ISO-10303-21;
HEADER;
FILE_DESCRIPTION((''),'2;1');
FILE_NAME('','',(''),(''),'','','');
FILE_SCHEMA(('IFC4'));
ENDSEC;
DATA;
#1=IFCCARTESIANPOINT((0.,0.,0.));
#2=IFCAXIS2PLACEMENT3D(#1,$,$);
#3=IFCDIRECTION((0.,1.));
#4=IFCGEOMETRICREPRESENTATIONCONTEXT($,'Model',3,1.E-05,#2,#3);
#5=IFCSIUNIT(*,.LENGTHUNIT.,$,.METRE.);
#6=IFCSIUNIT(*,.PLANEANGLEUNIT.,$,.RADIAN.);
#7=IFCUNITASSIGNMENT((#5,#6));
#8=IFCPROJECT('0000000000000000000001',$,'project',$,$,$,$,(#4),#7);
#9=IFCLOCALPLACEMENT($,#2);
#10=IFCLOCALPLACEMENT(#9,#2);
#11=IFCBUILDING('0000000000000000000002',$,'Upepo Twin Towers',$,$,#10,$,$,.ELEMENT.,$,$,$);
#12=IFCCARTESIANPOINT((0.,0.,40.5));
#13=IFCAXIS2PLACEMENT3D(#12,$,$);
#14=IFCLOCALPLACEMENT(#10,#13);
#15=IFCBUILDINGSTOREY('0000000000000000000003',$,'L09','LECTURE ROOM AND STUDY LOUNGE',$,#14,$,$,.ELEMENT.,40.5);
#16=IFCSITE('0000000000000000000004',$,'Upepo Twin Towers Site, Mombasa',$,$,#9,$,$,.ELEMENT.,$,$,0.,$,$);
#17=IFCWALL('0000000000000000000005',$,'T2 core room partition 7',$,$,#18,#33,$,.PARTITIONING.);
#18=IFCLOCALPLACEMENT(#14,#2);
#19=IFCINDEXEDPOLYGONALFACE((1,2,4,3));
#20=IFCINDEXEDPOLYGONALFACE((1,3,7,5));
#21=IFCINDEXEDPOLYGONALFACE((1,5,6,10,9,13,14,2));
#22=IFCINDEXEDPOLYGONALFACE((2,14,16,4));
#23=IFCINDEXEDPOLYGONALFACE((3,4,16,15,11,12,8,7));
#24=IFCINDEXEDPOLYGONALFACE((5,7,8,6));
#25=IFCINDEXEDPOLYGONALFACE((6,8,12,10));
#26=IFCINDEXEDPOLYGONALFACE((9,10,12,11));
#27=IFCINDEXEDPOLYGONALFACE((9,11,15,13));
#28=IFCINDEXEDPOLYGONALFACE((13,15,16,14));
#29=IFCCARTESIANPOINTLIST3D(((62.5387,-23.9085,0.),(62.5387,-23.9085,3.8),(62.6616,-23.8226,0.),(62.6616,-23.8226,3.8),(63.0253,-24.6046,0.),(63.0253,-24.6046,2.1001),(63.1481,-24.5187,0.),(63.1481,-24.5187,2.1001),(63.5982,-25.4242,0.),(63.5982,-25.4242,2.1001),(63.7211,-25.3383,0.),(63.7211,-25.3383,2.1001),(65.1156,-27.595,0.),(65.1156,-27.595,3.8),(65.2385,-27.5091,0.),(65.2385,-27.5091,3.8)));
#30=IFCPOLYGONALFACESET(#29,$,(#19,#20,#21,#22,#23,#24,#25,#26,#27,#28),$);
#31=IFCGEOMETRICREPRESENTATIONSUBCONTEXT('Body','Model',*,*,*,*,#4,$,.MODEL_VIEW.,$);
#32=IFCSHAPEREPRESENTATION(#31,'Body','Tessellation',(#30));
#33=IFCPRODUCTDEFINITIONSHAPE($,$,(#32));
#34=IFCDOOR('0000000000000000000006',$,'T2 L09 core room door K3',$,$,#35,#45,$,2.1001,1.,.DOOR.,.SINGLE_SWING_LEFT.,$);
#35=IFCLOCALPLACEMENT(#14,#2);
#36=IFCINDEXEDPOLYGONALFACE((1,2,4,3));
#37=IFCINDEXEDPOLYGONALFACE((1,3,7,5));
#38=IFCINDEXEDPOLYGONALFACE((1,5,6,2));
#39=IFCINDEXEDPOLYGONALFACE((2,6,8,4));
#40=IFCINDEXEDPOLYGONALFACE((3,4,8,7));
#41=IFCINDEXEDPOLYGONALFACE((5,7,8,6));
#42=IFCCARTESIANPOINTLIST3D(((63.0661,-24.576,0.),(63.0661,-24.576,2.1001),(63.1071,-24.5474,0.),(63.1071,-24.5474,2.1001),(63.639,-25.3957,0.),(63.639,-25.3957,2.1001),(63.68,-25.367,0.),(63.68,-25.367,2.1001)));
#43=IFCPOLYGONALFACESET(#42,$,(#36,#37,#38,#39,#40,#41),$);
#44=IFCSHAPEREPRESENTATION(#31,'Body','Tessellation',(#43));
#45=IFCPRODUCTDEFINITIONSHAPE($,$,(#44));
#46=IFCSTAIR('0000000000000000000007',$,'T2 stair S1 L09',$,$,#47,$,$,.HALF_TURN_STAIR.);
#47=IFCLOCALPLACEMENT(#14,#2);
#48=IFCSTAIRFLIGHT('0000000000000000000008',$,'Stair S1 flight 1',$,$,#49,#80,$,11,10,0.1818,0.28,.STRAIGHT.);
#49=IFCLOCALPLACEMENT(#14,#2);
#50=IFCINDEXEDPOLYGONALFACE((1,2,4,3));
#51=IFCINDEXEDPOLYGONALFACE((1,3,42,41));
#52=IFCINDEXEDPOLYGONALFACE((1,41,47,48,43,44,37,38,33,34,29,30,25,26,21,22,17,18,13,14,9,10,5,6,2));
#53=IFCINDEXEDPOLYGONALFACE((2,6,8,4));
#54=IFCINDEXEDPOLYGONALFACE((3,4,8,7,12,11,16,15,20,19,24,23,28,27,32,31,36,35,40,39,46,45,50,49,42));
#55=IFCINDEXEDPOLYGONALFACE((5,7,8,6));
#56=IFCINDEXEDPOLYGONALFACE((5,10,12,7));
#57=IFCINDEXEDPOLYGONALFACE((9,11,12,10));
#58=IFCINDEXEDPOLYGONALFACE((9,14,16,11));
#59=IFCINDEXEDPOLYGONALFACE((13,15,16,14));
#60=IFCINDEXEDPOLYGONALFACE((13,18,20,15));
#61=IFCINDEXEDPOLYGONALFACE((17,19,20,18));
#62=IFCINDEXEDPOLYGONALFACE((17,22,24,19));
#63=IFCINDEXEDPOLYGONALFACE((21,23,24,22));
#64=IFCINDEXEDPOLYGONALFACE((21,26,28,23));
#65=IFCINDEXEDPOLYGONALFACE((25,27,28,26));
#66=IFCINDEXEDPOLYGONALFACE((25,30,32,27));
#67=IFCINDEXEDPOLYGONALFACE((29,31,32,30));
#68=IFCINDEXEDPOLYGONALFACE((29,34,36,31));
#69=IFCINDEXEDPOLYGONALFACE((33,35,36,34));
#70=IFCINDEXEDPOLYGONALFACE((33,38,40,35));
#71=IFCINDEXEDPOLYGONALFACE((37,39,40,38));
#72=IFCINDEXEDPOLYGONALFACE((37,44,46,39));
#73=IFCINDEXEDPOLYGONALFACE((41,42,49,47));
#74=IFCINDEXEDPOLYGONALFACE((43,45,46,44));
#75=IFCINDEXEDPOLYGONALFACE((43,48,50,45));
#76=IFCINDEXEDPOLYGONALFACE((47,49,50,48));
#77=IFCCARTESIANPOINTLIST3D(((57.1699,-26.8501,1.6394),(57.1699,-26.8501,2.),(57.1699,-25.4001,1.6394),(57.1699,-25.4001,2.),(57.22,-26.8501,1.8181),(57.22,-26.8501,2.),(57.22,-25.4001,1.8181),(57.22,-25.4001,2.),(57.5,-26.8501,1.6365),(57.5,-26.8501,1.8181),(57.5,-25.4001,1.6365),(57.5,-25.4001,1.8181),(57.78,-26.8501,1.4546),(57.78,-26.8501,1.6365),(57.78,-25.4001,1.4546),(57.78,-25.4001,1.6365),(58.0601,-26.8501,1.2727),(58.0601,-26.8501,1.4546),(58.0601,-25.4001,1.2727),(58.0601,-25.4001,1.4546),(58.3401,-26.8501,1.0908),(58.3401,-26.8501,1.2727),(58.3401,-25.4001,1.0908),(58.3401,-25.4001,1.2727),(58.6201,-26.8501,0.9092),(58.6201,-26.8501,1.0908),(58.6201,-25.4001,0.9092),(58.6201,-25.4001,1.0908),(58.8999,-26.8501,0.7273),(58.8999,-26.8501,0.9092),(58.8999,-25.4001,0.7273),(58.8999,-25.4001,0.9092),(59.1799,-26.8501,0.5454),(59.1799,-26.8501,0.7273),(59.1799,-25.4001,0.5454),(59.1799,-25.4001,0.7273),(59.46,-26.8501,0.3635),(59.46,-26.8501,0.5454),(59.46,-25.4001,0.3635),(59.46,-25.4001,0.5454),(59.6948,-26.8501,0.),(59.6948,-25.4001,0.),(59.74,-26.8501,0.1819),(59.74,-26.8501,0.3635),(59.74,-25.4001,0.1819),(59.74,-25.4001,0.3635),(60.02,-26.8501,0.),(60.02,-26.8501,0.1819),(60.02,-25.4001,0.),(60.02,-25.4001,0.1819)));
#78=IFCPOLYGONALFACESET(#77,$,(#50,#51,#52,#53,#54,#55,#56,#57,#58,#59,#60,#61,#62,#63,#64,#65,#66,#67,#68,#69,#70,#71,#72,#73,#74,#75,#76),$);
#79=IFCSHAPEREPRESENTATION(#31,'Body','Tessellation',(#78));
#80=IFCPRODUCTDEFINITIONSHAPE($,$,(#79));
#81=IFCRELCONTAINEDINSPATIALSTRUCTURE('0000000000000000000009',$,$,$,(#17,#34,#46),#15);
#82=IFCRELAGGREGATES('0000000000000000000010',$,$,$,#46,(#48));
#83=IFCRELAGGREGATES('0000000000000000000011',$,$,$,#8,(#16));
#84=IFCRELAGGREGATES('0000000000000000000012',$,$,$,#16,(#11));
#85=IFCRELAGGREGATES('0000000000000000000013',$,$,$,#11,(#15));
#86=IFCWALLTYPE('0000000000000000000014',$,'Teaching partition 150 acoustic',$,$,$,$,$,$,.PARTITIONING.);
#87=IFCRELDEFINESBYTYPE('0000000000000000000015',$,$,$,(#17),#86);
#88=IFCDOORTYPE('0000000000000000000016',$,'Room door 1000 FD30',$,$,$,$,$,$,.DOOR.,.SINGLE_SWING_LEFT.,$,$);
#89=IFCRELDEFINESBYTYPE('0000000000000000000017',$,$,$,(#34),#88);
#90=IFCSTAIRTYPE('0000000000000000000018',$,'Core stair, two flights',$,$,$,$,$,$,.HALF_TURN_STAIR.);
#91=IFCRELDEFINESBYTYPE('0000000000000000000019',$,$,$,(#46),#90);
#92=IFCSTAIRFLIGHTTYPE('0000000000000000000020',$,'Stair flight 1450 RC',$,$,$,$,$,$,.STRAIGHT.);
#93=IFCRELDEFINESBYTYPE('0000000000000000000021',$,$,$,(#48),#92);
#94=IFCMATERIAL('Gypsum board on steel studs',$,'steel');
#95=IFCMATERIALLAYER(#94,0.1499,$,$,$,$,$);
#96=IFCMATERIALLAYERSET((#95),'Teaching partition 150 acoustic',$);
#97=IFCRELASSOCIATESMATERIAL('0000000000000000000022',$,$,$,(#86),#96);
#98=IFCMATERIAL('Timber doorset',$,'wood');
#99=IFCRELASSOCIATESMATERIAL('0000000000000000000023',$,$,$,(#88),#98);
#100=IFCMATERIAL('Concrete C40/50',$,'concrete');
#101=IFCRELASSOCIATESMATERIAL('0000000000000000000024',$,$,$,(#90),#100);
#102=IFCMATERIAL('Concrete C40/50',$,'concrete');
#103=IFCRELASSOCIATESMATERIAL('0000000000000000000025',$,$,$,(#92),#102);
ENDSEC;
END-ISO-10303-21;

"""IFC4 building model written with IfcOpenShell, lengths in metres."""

from ifc_helpers import new_model, si_unit, direction, frame, frame_2d, origin, place, context, subcontext, project, spatial, polyline, rectangle, outline, extrude, material, layer, layer_set, type_object, element, fill, aggregate, save


model = new_model("IFC4")

# Units and contexts
model_context = context("Model", 3, precision=1e-05, world=origin(), true_north=direction((0.0, 1.0)))
body_context = subcontext(model_context, "Body", "Model", "MODEL_VIEW")
ifc_project = project(units=[si_unit("LENGTHUNIT", "METRE"), si_unit("PLANEANGLEUNIT", "RADIAN")], contexts=[model_context])

# Site, building, storey
site_placement = place(None, origin())
site = spatial("IfcSite", under=ifc_project, at=site_placement, Name="Upepo Twin Towers Site, Mombasa", CompositionType="ELEMENT", RefElevation=0.0)
building_placement = place(site_placement, origin())
building = spatial("IfcBuilding", under=site, at=building_placement, Name="Upepo Twin Towers", CompositionType="ELEMENT")
storey_placement = place(building_placement, frame((0.0, 0.0, 40.5)))
storey = spatial("IfcBuildingStorey", under=building, at=storey_placement, Name="L09", Description="LECTURE ROOM AND STUDY LOUNGE", CompositionType="ELEMENT", Elevation=40.5)

# Wall, opening, door
ifc_material_1 = material(Name="Gypsum board on steel studs", Category="steel")
ifc_layer_1 = layer(ifc_material_1, 0.1499)
ifc_layer_set_1 = layer_set([ifc_layer_1], Name="Teaching partition 150 acoustic")
wall_type_1 = type_object("IfcWallType", Name="Teaching partition 150 acoustic", PredefinedType="PARTITIONING", material=ifc_layer_set_1)
ifc_material_2 = material(Name="Timber doorset", Category="wood")
door_type_1 = type_object("IfcDoorType", Name="Room door 1000 FD30", OperationType="SINGLE_SWING_LEFT", PredefinedType="DOOR", material=ifc_material_2)
wall_1_placement = place(storey_placement, frame((62.6001, -23.8655, 0.0), z_axis=(0.0, 0.0, 1.0), x_axis=(0.572916, -0.819614, 0.0)))
wall_1 = element("IfcWall", 1, at=wall_1_placement, inside=storey, type_object=wall_type_1, Name="T2 core room partition 7", PredefinedType="PARTITIONING", context=body_context, shape_type="SweptSolid", body=[
    extrude(rectangle(XDim=4.4978, YDim=0.1499, at=frame_2d((2.249, 0.0))), origin(), (0.0, 0.0, 1.0), 3.8),
])
opening_1_placement = place(wall_1_placement, frame((0.8494, 0.0, 0.0)))
opening_1 = element("IfcOpeningElement", 2, at=opening_1_placement, cuts=wall_1, PredefinedType="OPENING", context=body_context, shape_type="SweptSolid", body=[
    extrude(rectangle(XDim=1.0, YDim=2.1001, at=frame_2d((0.5, 1.05))), frame((0.0, 0.085, 0.0), z_axis=(0.0, -1.0, 0.0), x_axis=(1.0, 0.0, 0.0)), (0.0, 0.0, 1.0), 0.1699),
])
door_1_placement = place(opening_1_placement, origin())
door_1 = element("IfcDoor", 3, at=door_1_placement, inside=storey, type_object=door_type_1, Name="T2 L09 core room door K3", OperationType="SINGLE_SWING_LEFT", OverallHeight=2.1001, OverallWidth=1.0, PredefinedType="DOOR", context=body_context, shape_type="SweptSolid", body=[
    extrude(rectangle(XDim=1.0, YDim=2.1001, at=frame_2d((0.5, 1.05))), frame((0.0, 0.0249, 0.0), z_axis=(0.0, -1.0, 0.0), x_axis=(1.0, 0.0, 0.0)), (0.0, 0.0, 1.0), 0.05),
])
fill(opening_1, door_1)

# Stair, stair flight
ifc_material_3 = material(Name="Concrete C40/50", Category="concrete")
stair_type = type_object("IfcStairType", Name="Core stair, two flights", PredefinedType="HALF_TURN_STAIR", material=ifc_material_3)
stair_placement = place(storey_placement, origin())
stair = element("IfcStair", 4, at=stair_placement, inside=storey, type_object=stair_type, Name="T2 stair S1 L09", PredefinedType="HALF_TURN_STAIR")
ifc_material_4 = material(Name="Concrete C40/50", Category="concrete")
stair_flight_type = type_object("IfcStairFlightType", Name="Stair flight 1450 RC", PredefinedType="STRAIGHT", material=ifc_material_4)
stair_flight_placement = place(storey_placement, frame((60.02, -26.125, 0.0), z_axis=(0.0, 0.0, 1.0), x_axis=(-1.0, 0.0, 0.0)))
stair_flight = element("IfcStairFlight", 5, at=stair_flight_placement, type_object=stair_flight_type, Name="Stair S1 flight 1", NumberOfRisers=11, NumberOfTreads=10, PredefinedType="STRAIGHT", RiserHeight=0.1818, TreadLength=0.28, context=body_context, shape_type="SweptSolid", body=[
    extrude(outline(polyline([(0.0, 0.0), (0.0, 0.1819), (0.28, 0.1819), (0.28, 0.3635), (0.5601, 0.3635), (0.5601, 0.5454), (0.8401, 0.5454), (0.8401, 0.7273), (1.1201, 0.7273), (1.1201, 0.9092), (1.3999, 0.9092), (1.3999, 1.0908), (1.6799, 1.0908), (1.6799, 1.2727), (1.96, 1.2727), (1.96, 1.4546), (2.24, 1.4546), (2.24, 1.6365), (2.52, 1.6365), (2.52, 1.8181), (2.8, 1.8181), (2.8, 2.0), (2.8501, 2.0), (2.8501, 1.6394), (0.3252, 0.0), (0.0, 0.0)])), frame((0.0, 0.7251, 0.0), z_axis=(0.0, -1.0, 0.0), x_axis=(1.0, 0.0, 0.0)), (0.0, 0.0, 1.0), 1.45),
])
aggregate(stair, [stair_flight])

save(model, "model.ifc")
